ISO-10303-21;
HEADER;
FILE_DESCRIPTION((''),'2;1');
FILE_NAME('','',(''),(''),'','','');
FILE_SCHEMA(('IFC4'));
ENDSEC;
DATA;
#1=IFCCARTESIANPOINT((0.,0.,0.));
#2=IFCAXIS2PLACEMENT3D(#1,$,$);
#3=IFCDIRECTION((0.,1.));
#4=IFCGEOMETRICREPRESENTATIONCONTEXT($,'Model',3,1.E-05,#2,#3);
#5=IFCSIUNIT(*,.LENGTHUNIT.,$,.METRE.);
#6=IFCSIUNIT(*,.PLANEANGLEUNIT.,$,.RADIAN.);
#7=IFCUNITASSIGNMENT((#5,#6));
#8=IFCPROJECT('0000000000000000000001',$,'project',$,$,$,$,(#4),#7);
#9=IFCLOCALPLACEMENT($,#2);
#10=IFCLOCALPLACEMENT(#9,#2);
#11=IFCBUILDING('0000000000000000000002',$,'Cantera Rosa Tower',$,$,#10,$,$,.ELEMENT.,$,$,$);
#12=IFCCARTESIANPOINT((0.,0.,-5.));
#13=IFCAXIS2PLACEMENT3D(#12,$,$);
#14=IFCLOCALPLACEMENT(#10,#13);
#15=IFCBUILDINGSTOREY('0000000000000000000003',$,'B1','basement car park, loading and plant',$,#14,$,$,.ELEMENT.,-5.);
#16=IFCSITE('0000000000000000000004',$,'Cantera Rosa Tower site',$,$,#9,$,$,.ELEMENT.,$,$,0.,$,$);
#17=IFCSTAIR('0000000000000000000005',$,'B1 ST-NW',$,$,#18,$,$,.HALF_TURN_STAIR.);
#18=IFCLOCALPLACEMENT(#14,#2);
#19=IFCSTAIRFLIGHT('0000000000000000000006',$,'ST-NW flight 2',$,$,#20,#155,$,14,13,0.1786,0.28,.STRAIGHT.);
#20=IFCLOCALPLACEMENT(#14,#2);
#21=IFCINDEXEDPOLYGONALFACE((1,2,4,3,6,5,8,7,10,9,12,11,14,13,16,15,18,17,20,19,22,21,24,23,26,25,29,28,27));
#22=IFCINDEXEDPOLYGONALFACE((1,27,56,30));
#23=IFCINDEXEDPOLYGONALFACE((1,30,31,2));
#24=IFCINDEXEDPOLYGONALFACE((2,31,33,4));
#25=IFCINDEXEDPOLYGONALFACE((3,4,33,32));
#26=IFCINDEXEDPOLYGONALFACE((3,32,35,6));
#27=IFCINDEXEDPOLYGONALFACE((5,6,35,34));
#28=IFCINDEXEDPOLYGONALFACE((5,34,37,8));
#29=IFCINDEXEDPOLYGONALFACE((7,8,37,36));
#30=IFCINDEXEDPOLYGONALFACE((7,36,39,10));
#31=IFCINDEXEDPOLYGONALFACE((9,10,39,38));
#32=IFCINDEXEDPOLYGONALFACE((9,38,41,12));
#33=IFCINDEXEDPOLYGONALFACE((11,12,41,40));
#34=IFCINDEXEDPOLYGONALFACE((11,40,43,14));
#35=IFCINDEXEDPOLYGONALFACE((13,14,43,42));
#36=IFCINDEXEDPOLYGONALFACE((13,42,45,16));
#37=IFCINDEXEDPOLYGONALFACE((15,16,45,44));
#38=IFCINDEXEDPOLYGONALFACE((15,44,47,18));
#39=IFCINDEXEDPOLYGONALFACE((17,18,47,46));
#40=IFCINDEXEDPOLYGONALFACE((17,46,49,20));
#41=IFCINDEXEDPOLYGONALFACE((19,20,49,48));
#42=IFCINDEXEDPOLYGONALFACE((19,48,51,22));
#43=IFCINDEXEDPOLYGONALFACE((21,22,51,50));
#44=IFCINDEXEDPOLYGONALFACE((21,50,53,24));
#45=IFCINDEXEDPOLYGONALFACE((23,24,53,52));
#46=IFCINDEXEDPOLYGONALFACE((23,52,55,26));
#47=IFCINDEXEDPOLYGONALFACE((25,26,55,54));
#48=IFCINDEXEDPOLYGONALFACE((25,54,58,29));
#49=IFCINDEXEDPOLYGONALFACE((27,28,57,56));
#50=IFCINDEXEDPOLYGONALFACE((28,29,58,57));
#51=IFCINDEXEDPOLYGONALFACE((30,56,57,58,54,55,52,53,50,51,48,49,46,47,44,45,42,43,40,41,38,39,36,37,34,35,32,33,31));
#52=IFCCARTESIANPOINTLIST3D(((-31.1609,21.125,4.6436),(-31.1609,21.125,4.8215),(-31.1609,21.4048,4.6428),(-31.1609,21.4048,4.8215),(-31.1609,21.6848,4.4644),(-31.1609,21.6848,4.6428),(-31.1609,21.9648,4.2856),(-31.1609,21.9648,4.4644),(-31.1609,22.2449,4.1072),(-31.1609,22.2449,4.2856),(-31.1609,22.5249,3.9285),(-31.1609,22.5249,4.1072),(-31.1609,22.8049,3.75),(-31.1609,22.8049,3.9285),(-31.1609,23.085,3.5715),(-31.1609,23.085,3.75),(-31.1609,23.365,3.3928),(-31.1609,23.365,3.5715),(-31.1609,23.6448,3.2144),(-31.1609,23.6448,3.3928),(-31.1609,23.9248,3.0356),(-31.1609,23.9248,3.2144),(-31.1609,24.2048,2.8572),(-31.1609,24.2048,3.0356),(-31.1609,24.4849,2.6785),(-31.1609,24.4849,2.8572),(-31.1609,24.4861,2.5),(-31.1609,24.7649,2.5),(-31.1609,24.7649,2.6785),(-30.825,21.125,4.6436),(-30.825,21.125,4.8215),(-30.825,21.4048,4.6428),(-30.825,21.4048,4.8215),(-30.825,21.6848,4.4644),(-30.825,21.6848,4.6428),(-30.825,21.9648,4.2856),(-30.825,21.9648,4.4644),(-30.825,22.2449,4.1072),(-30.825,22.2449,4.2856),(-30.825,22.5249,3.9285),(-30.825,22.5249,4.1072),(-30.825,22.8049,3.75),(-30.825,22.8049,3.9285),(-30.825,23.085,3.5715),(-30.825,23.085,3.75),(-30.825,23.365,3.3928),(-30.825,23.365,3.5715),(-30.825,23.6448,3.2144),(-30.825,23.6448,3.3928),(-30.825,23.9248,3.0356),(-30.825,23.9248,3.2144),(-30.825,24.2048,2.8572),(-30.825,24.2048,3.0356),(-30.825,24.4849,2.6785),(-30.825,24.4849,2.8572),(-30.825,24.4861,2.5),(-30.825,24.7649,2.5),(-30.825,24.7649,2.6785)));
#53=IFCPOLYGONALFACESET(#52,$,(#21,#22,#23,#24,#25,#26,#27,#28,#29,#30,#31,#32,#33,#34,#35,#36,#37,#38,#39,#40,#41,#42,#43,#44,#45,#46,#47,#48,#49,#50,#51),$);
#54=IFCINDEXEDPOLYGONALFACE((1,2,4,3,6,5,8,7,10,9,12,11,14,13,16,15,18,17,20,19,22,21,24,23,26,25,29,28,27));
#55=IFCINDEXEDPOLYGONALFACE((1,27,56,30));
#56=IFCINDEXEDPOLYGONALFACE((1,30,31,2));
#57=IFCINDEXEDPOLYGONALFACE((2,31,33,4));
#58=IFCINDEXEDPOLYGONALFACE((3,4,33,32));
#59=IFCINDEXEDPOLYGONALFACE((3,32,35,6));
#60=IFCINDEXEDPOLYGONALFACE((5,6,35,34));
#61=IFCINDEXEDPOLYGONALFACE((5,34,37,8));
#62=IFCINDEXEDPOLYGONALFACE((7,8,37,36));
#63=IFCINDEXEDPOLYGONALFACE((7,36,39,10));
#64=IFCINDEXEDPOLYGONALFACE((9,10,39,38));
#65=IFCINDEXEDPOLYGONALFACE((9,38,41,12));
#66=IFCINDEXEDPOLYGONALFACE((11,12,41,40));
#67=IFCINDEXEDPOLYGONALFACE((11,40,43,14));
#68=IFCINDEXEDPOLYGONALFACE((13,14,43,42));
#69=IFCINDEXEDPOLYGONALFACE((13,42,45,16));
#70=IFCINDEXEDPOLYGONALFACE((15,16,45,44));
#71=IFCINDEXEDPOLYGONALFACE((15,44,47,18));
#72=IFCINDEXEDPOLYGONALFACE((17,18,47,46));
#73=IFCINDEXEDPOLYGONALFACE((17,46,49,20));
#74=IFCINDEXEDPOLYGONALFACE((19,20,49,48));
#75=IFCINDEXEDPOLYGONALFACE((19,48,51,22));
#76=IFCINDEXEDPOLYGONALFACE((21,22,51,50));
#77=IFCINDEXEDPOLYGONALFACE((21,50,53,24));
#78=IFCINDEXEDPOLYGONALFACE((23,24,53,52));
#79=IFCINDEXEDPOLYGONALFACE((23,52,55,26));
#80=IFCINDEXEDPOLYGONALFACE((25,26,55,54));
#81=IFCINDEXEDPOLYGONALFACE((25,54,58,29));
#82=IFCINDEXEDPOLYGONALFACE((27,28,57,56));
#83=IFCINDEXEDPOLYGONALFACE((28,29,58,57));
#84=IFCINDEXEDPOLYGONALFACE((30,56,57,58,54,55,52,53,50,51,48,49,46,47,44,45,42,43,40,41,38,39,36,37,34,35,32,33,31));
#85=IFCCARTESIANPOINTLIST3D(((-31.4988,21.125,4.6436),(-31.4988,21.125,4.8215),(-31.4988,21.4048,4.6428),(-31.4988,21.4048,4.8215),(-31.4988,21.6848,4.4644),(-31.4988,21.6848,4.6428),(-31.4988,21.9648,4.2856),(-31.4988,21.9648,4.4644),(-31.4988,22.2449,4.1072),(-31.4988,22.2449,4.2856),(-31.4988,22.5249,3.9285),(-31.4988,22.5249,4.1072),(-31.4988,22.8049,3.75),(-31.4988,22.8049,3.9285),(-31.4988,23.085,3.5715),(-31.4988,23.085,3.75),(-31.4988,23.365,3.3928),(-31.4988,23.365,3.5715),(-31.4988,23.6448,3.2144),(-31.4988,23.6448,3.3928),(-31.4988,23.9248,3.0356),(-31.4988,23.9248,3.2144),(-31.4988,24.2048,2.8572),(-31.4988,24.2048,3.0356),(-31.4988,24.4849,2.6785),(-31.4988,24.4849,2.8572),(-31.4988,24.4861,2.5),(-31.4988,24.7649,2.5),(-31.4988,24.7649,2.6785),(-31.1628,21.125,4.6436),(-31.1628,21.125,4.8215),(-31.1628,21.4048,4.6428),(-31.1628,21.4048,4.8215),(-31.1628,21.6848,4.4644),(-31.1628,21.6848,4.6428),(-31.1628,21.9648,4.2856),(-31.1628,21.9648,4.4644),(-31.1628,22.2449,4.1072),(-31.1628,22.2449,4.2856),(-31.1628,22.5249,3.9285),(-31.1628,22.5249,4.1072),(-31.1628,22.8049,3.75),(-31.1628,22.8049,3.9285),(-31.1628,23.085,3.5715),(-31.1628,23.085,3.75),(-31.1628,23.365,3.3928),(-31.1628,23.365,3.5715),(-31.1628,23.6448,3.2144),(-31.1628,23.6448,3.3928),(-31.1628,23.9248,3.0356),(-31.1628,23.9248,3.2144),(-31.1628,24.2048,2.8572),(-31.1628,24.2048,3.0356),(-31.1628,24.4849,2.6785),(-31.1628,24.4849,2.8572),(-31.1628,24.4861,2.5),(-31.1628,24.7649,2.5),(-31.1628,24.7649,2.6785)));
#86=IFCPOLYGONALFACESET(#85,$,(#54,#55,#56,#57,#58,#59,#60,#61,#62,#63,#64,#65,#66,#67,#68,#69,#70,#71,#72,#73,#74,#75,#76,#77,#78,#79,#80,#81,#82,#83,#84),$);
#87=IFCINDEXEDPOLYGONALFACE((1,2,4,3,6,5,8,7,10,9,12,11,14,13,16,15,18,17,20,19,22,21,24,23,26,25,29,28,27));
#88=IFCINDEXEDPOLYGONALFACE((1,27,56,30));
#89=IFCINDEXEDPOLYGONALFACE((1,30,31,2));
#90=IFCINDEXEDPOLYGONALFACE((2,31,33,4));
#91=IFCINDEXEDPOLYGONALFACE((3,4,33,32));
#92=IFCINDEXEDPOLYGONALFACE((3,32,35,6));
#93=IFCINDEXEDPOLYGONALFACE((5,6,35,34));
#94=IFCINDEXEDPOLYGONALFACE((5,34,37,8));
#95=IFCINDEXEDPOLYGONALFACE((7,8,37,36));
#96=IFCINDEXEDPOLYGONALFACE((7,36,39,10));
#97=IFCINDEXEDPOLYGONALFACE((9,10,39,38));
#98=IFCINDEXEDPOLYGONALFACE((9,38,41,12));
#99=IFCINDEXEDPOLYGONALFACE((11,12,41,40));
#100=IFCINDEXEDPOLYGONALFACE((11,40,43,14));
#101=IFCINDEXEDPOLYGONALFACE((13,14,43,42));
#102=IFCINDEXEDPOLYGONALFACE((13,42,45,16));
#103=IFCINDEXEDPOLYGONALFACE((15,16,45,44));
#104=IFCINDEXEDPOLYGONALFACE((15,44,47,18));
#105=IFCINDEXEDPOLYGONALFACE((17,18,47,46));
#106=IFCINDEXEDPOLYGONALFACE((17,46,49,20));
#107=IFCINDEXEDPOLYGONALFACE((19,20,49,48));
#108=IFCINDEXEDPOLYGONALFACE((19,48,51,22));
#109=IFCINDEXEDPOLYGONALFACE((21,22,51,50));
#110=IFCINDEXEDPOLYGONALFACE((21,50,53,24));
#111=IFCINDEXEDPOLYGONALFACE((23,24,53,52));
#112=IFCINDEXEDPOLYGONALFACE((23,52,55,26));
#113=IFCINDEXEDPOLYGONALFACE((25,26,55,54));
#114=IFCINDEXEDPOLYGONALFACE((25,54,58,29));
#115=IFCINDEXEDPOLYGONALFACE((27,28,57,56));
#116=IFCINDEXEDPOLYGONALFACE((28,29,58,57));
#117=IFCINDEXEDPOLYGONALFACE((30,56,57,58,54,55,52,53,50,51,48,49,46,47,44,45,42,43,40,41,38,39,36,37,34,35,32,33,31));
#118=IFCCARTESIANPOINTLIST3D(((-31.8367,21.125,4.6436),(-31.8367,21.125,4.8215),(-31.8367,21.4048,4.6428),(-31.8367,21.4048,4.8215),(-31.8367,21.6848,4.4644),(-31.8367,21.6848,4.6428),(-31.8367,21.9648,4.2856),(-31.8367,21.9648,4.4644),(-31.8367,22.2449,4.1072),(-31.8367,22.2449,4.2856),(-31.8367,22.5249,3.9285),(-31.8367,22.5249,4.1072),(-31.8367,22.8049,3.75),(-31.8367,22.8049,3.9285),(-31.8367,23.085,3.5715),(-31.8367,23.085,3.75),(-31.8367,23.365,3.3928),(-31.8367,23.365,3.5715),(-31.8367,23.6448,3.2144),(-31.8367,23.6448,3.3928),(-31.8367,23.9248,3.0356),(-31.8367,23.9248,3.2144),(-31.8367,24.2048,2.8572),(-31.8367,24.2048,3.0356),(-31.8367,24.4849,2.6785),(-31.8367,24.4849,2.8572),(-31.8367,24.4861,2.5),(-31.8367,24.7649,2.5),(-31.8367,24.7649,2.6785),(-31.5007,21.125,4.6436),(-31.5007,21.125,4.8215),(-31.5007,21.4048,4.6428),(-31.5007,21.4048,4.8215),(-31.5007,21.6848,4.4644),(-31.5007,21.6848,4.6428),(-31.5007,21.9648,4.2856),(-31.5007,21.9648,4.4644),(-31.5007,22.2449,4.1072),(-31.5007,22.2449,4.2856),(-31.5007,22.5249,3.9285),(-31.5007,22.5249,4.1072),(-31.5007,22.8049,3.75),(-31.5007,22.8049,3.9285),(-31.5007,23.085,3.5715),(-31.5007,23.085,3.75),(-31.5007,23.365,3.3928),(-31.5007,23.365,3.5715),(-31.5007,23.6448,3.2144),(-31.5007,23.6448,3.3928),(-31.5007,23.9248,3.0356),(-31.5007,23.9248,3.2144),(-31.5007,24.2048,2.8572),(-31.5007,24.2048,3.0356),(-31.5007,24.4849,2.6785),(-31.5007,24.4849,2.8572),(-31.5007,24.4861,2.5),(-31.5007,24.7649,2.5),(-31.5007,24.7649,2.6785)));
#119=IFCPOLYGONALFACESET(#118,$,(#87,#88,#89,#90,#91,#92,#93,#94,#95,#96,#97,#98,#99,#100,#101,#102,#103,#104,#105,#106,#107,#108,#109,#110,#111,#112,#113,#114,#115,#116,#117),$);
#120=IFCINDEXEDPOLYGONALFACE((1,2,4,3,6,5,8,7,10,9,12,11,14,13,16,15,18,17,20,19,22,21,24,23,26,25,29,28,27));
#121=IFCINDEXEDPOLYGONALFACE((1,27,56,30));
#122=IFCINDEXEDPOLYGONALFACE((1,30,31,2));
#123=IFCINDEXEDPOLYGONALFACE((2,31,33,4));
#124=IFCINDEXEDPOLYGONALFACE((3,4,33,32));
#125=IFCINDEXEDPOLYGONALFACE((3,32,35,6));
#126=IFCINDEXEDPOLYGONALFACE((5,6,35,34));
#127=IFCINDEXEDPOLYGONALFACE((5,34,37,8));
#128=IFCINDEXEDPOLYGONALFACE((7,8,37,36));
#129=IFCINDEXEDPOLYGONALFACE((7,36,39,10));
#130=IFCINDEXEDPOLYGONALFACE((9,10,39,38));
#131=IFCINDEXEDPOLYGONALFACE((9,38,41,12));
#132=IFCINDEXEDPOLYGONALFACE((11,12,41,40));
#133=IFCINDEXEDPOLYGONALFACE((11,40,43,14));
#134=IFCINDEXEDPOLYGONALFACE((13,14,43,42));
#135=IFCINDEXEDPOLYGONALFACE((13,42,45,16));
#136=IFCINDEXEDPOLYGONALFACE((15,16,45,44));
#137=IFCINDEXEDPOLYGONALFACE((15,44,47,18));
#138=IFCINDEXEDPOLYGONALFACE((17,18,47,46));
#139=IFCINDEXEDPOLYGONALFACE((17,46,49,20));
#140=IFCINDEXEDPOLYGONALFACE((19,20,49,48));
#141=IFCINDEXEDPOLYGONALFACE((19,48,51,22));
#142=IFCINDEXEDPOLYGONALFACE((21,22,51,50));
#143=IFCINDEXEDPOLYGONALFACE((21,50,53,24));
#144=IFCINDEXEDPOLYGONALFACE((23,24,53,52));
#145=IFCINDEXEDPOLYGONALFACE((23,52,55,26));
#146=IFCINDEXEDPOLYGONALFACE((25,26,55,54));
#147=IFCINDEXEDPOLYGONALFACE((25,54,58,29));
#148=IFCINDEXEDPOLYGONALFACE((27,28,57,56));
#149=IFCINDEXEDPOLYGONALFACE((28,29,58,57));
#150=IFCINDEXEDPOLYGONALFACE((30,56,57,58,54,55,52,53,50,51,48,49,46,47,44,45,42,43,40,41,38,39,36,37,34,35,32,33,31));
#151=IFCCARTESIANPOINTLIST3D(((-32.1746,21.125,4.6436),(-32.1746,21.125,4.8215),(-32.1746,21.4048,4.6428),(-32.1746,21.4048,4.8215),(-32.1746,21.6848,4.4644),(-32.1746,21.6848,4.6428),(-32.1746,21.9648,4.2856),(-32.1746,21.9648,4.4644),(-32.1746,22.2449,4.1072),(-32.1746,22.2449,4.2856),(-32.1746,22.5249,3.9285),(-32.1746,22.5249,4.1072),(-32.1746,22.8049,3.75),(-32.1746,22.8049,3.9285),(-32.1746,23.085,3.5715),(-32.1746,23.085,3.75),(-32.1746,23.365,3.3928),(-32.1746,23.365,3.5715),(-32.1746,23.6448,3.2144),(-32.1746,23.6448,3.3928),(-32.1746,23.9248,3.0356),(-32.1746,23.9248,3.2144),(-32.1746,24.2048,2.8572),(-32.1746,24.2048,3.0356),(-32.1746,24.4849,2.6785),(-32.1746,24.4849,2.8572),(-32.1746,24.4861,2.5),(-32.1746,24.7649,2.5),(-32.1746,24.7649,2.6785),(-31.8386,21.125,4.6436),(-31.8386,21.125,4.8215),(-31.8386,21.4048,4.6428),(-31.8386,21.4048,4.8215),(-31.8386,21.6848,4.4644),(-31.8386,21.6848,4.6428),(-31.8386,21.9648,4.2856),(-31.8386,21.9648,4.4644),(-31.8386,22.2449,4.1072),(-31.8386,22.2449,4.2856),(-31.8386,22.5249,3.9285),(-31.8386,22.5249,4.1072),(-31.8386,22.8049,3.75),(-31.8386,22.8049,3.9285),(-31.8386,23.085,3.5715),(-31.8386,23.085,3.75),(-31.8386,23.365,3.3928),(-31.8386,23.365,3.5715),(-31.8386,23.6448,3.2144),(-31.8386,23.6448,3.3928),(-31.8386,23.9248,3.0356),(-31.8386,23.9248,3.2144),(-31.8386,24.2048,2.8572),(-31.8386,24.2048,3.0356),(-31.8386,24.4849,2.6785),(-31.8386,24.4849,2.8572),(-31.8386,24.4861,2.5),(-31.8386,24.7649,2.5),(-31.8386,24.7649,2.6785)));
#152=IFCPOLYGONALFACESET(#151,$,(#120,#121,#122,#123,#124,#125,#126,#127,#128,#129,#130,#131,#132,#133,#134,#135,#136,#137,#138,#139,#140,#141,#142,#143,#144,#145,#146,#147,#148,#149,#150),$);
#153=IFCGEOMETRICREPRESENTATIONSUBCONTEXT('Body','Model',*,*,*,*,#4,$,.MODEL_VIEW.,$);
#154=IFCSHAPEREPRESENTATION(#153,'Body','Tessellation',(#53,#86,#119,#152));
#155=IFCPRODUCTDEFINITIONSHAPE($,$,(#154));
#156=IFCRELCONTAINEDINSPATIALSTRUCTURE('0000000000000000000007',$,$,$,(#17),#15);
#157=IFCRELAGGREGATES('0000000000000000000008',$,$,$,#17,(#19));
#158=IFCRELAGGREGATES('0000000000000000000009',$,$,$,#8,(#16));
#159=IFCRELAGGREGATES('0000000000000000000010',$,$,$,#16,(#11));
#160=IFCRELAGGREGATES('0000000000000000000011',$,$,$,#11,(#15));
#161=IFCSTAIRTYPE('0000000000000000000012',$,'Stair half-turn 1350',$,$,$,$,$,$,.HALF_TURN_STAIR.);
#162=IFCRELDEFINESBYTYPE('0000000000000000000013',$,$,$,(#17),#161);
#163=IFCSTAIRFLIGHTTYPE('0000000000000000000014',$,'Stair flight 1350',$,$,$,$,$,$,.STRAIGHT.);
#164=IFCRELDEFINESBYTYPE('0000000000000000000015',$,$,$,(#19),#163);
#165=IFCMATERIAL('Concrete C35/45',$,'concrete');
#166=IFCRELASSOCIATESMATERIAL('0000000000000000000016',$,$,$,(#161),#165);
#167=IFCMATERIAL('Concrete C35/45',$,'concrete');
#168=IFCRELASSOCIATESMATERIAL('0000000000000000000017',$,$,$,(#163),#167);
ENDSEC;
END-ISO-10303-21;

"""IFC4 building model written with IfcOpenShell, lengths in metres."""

from ifc_helpers import new_model, si_unit, direction, frame, origin, place, context, subcontext, project, spatial, polyline, outline, extrude, material, type_object, element, aggregate, save


model = new_model("IFC4")

# Units and contexts
model_context = context("Model", 3, precision=1e-05, world=origin(), true_north=direction((0.0, 1.0)))
body_context = subcontext(model_context, "Body", "Model", "MODEL_VIEW")
ifc_project = project(units=[si_unit("LENGTHUNIT", "METRE"), si_unit("PLANEANGLEUNIT", "RADIAN")], contexts=[model_context])

# Site, building, storey
site_placement = place(None, origin())
site = spatial("IfcSite", under=ifc_project, at=site_placement, Name="Cantera Rosa Tower site", CompositionType="ELEMENT", RefElevation=0.0)
building_placement = place(site_placement, origin())
building = spatial("IfcBuilding", under=site, at=building_placement, Name="Cantera Rosa Tower", CompositionType="ELEMENT")
storey_placement = place(building_placement, frame((0.0, 0.0, -5.0)))
storey = spatial("IfcBuildingStorey", under=building, at=storey_placement, Name="B1", Description="basement car park, loading and plant", CompositionType="ELEMENT", Elevation=-5.0)

# Stair, stair flight
ifc_material_1 = material(Name="Concrete C35/45", Category="concrete")
stair_type = type_object("IfcStairType", Name="Stair half-turn 1350", PredefinedType="HALF_TURN_STAIR", material=ifc_material_1)
stair_placement = place(storey_placement, origin())
stair = element("IfcStair", 1, at=stair_placement, inside=storey, type_object=stair_type, Name="B1 ST-NW", PredefinedType="HALF_TURN_STAIR")
ifc_material_2 = material(Name="Concrete C35/45", Category="concrete")
stair_flight_type = type_object("IfcStairFlightType", Name="Stair flight 1350", PredefinedType="STRAIGHT", material=ifc_material_2)
stair_flight_1_placement = place(storey_placement, frame((-31.5, 24.7649, 2.5), z_axis=(0.0, 0.0, 1.0), x_axis=(0.0, -1.0, 0.0)))
stair_flight_1 = element("IfcStairFlight", 2, at=stair_flight_1_placement, type_object=stair_flight_type, Name="ST-NW flight 2", NumberOfRisers=14, NumberOfTreads=13, PredefinedType="STRAIGHT", RiserHeight=0.1786, TreadLength=0.28, context=body_context, shape_type="SweptSolid", body=[
    extrude(outline(polyline([(0.0, 0.0), (0.0, 0.1785), (0.28, 0.1785), (0.28, 0.3572), (0.5601, 0.3572), (0.5601, 0.5356), (0.8401, 0.5356), (0.8401, 0.7144), (1.1201, 0.7144), (1.1201, 0.8928), (1.3999, 0.8928), (1.3999, 1.0715), (1.6799, 1.0715), (1.6799, 1.25), (1.96, 1.25), (1.96, 1.4285), (2.24, 1.4285), (2.24, 1.6072), (2.52, 1.6072), (2.52, 1.7856), (2.8, 1.7856), (2.8, 1.9644), (3.0801, 1.9644), (3.0801, 2.1428), (3.3601, 2.1428), (3.3601, 2.3215), (3.6399, 2.3215), (3.6399, 2.5), (3.6399, 2.1436), (0.2788, 0.0), (0.0, 0.0)])), frame((0.0, 0.675, 0.0), z_axis=(0.0, -1.0, 0.0), x_axis=(1.0, 0.0, 0.0)), (0.0, 0.0, 1.0), 0.3359),
    extrude(outline(polyline([(0.0, 0.0), (0.0, 0.1785), (0.28, 0.1785), (0.28, 0.3572), (0.5601, 0.3572), (0.5601, 0.5356), (0.8401, 0.5356), (0.8401, 0.7144), (1.1201, 0.7144), (1.1201, 0.8928), (1.3999, 0.8928), (1.3999, 1.0715), (1.6799, 1.0715), (1.6799, 1.25), (1.96, 1.25), (1.96, 1.4285), (2.24, 1.4285), (2.24, 1.6072), (2.52, 1.6072), (2.52, 1.7856), (2.8, 1.7856), (2.8, 1.9644), (3.0801, 1.9644), (3.0801, 2.1428), (3.3601, 2.1428), (3.3601, 2.3215), (3.6399, 2.3215), (3.6399, 2.5), (3.6399, 2.1436), (0.2788, 0.0), (0.0, 0.0)])), frame((0.0, 0.3372, 0.0), z_axis=(0.0, -1.0, 0.0), x_axis=(1.0, 0.0, 0.0)), (0.0, 0.0, 1.0), 0.3359),
    extrude(outline(polyline([(0.0, 0.0), (0.0, 0.1785), (0.28, 0.1785), (0.28, 0.3572), (0.5601, 0.3572), (0.5601, 0.5356), (0.8401, 0.5356), (0.8401, 0.7144), (1.1201, 0.7144), (1.1201, 0.8928), (1.3999, 0.8928), (1.3999, 1.0715), (1.6799, 1.0715), (1.6799, 1.25), (1.96, 1.25), (1.96, 1.4285), (2.24, 1.4285), (2.24, 1.6072), (2.52, 1.6072), (2.52, 1.7856), (2.8, 1.7856), (2.8, 1.9644), (3.0801, 1.9644), (3.0801, 2.1428), (3.3601, 2.1428), (3.3601, 2.3215), (3.6399, 2.3215), (3.6399, 2.5), (3.6399, 2.1436), (0.2788, 0.0), (0.0, 0.0)])), frame((0.0, -0.0007, 0.0), z_axis=(0.0, -1.0, 0.0), x_axis=(1.0, 0.0, 0.0)), (0.0, 0.0, 1.0), 0.3359),
    extrude(outline(polyline([(0.0, 0.0), (0.0, 0.1785), (0.28, 0.1785), (0.28, 0.3572), (0.5601, 0.3572), (0.5601, 0.5356), (0.8401, 0.5356), (0.8401, 0.7144), (1.1201, 0.7144), (1.1201, 0.8928), (1.3999, 0.8928), (1.3999, 1.0715), (1.6799, 1.0715), (1.6799, 1.25), (1.96, 1.25), (1.96, 1.4285), (2.24, 1.4285), (2.24, 1.6072), (2.52, 1.6072), (2.52, 1.7856), (2.8, 1.7856), (2.8, 1.9644), (3.0801, 1.9644), (3.0801, 2.1428), (3.3601, 2.1428), (3.3601, 2.3215), (3.6399, 2.3215), (3.6399, 2.5), (3.6399, 2.1436), (0.2788, 0.0), (0.0, 0.0)])), frame((0.0, -0.3386, 0.0), z_axis=(0.0, -1.0, 0.0), x_axis=(1.0, 0.0, 0.0)), (0.0, 0.0, 1.0), 0.3359),
])
aggregate(stair, [stair_flight_1])

save(model, "model.ifc")
